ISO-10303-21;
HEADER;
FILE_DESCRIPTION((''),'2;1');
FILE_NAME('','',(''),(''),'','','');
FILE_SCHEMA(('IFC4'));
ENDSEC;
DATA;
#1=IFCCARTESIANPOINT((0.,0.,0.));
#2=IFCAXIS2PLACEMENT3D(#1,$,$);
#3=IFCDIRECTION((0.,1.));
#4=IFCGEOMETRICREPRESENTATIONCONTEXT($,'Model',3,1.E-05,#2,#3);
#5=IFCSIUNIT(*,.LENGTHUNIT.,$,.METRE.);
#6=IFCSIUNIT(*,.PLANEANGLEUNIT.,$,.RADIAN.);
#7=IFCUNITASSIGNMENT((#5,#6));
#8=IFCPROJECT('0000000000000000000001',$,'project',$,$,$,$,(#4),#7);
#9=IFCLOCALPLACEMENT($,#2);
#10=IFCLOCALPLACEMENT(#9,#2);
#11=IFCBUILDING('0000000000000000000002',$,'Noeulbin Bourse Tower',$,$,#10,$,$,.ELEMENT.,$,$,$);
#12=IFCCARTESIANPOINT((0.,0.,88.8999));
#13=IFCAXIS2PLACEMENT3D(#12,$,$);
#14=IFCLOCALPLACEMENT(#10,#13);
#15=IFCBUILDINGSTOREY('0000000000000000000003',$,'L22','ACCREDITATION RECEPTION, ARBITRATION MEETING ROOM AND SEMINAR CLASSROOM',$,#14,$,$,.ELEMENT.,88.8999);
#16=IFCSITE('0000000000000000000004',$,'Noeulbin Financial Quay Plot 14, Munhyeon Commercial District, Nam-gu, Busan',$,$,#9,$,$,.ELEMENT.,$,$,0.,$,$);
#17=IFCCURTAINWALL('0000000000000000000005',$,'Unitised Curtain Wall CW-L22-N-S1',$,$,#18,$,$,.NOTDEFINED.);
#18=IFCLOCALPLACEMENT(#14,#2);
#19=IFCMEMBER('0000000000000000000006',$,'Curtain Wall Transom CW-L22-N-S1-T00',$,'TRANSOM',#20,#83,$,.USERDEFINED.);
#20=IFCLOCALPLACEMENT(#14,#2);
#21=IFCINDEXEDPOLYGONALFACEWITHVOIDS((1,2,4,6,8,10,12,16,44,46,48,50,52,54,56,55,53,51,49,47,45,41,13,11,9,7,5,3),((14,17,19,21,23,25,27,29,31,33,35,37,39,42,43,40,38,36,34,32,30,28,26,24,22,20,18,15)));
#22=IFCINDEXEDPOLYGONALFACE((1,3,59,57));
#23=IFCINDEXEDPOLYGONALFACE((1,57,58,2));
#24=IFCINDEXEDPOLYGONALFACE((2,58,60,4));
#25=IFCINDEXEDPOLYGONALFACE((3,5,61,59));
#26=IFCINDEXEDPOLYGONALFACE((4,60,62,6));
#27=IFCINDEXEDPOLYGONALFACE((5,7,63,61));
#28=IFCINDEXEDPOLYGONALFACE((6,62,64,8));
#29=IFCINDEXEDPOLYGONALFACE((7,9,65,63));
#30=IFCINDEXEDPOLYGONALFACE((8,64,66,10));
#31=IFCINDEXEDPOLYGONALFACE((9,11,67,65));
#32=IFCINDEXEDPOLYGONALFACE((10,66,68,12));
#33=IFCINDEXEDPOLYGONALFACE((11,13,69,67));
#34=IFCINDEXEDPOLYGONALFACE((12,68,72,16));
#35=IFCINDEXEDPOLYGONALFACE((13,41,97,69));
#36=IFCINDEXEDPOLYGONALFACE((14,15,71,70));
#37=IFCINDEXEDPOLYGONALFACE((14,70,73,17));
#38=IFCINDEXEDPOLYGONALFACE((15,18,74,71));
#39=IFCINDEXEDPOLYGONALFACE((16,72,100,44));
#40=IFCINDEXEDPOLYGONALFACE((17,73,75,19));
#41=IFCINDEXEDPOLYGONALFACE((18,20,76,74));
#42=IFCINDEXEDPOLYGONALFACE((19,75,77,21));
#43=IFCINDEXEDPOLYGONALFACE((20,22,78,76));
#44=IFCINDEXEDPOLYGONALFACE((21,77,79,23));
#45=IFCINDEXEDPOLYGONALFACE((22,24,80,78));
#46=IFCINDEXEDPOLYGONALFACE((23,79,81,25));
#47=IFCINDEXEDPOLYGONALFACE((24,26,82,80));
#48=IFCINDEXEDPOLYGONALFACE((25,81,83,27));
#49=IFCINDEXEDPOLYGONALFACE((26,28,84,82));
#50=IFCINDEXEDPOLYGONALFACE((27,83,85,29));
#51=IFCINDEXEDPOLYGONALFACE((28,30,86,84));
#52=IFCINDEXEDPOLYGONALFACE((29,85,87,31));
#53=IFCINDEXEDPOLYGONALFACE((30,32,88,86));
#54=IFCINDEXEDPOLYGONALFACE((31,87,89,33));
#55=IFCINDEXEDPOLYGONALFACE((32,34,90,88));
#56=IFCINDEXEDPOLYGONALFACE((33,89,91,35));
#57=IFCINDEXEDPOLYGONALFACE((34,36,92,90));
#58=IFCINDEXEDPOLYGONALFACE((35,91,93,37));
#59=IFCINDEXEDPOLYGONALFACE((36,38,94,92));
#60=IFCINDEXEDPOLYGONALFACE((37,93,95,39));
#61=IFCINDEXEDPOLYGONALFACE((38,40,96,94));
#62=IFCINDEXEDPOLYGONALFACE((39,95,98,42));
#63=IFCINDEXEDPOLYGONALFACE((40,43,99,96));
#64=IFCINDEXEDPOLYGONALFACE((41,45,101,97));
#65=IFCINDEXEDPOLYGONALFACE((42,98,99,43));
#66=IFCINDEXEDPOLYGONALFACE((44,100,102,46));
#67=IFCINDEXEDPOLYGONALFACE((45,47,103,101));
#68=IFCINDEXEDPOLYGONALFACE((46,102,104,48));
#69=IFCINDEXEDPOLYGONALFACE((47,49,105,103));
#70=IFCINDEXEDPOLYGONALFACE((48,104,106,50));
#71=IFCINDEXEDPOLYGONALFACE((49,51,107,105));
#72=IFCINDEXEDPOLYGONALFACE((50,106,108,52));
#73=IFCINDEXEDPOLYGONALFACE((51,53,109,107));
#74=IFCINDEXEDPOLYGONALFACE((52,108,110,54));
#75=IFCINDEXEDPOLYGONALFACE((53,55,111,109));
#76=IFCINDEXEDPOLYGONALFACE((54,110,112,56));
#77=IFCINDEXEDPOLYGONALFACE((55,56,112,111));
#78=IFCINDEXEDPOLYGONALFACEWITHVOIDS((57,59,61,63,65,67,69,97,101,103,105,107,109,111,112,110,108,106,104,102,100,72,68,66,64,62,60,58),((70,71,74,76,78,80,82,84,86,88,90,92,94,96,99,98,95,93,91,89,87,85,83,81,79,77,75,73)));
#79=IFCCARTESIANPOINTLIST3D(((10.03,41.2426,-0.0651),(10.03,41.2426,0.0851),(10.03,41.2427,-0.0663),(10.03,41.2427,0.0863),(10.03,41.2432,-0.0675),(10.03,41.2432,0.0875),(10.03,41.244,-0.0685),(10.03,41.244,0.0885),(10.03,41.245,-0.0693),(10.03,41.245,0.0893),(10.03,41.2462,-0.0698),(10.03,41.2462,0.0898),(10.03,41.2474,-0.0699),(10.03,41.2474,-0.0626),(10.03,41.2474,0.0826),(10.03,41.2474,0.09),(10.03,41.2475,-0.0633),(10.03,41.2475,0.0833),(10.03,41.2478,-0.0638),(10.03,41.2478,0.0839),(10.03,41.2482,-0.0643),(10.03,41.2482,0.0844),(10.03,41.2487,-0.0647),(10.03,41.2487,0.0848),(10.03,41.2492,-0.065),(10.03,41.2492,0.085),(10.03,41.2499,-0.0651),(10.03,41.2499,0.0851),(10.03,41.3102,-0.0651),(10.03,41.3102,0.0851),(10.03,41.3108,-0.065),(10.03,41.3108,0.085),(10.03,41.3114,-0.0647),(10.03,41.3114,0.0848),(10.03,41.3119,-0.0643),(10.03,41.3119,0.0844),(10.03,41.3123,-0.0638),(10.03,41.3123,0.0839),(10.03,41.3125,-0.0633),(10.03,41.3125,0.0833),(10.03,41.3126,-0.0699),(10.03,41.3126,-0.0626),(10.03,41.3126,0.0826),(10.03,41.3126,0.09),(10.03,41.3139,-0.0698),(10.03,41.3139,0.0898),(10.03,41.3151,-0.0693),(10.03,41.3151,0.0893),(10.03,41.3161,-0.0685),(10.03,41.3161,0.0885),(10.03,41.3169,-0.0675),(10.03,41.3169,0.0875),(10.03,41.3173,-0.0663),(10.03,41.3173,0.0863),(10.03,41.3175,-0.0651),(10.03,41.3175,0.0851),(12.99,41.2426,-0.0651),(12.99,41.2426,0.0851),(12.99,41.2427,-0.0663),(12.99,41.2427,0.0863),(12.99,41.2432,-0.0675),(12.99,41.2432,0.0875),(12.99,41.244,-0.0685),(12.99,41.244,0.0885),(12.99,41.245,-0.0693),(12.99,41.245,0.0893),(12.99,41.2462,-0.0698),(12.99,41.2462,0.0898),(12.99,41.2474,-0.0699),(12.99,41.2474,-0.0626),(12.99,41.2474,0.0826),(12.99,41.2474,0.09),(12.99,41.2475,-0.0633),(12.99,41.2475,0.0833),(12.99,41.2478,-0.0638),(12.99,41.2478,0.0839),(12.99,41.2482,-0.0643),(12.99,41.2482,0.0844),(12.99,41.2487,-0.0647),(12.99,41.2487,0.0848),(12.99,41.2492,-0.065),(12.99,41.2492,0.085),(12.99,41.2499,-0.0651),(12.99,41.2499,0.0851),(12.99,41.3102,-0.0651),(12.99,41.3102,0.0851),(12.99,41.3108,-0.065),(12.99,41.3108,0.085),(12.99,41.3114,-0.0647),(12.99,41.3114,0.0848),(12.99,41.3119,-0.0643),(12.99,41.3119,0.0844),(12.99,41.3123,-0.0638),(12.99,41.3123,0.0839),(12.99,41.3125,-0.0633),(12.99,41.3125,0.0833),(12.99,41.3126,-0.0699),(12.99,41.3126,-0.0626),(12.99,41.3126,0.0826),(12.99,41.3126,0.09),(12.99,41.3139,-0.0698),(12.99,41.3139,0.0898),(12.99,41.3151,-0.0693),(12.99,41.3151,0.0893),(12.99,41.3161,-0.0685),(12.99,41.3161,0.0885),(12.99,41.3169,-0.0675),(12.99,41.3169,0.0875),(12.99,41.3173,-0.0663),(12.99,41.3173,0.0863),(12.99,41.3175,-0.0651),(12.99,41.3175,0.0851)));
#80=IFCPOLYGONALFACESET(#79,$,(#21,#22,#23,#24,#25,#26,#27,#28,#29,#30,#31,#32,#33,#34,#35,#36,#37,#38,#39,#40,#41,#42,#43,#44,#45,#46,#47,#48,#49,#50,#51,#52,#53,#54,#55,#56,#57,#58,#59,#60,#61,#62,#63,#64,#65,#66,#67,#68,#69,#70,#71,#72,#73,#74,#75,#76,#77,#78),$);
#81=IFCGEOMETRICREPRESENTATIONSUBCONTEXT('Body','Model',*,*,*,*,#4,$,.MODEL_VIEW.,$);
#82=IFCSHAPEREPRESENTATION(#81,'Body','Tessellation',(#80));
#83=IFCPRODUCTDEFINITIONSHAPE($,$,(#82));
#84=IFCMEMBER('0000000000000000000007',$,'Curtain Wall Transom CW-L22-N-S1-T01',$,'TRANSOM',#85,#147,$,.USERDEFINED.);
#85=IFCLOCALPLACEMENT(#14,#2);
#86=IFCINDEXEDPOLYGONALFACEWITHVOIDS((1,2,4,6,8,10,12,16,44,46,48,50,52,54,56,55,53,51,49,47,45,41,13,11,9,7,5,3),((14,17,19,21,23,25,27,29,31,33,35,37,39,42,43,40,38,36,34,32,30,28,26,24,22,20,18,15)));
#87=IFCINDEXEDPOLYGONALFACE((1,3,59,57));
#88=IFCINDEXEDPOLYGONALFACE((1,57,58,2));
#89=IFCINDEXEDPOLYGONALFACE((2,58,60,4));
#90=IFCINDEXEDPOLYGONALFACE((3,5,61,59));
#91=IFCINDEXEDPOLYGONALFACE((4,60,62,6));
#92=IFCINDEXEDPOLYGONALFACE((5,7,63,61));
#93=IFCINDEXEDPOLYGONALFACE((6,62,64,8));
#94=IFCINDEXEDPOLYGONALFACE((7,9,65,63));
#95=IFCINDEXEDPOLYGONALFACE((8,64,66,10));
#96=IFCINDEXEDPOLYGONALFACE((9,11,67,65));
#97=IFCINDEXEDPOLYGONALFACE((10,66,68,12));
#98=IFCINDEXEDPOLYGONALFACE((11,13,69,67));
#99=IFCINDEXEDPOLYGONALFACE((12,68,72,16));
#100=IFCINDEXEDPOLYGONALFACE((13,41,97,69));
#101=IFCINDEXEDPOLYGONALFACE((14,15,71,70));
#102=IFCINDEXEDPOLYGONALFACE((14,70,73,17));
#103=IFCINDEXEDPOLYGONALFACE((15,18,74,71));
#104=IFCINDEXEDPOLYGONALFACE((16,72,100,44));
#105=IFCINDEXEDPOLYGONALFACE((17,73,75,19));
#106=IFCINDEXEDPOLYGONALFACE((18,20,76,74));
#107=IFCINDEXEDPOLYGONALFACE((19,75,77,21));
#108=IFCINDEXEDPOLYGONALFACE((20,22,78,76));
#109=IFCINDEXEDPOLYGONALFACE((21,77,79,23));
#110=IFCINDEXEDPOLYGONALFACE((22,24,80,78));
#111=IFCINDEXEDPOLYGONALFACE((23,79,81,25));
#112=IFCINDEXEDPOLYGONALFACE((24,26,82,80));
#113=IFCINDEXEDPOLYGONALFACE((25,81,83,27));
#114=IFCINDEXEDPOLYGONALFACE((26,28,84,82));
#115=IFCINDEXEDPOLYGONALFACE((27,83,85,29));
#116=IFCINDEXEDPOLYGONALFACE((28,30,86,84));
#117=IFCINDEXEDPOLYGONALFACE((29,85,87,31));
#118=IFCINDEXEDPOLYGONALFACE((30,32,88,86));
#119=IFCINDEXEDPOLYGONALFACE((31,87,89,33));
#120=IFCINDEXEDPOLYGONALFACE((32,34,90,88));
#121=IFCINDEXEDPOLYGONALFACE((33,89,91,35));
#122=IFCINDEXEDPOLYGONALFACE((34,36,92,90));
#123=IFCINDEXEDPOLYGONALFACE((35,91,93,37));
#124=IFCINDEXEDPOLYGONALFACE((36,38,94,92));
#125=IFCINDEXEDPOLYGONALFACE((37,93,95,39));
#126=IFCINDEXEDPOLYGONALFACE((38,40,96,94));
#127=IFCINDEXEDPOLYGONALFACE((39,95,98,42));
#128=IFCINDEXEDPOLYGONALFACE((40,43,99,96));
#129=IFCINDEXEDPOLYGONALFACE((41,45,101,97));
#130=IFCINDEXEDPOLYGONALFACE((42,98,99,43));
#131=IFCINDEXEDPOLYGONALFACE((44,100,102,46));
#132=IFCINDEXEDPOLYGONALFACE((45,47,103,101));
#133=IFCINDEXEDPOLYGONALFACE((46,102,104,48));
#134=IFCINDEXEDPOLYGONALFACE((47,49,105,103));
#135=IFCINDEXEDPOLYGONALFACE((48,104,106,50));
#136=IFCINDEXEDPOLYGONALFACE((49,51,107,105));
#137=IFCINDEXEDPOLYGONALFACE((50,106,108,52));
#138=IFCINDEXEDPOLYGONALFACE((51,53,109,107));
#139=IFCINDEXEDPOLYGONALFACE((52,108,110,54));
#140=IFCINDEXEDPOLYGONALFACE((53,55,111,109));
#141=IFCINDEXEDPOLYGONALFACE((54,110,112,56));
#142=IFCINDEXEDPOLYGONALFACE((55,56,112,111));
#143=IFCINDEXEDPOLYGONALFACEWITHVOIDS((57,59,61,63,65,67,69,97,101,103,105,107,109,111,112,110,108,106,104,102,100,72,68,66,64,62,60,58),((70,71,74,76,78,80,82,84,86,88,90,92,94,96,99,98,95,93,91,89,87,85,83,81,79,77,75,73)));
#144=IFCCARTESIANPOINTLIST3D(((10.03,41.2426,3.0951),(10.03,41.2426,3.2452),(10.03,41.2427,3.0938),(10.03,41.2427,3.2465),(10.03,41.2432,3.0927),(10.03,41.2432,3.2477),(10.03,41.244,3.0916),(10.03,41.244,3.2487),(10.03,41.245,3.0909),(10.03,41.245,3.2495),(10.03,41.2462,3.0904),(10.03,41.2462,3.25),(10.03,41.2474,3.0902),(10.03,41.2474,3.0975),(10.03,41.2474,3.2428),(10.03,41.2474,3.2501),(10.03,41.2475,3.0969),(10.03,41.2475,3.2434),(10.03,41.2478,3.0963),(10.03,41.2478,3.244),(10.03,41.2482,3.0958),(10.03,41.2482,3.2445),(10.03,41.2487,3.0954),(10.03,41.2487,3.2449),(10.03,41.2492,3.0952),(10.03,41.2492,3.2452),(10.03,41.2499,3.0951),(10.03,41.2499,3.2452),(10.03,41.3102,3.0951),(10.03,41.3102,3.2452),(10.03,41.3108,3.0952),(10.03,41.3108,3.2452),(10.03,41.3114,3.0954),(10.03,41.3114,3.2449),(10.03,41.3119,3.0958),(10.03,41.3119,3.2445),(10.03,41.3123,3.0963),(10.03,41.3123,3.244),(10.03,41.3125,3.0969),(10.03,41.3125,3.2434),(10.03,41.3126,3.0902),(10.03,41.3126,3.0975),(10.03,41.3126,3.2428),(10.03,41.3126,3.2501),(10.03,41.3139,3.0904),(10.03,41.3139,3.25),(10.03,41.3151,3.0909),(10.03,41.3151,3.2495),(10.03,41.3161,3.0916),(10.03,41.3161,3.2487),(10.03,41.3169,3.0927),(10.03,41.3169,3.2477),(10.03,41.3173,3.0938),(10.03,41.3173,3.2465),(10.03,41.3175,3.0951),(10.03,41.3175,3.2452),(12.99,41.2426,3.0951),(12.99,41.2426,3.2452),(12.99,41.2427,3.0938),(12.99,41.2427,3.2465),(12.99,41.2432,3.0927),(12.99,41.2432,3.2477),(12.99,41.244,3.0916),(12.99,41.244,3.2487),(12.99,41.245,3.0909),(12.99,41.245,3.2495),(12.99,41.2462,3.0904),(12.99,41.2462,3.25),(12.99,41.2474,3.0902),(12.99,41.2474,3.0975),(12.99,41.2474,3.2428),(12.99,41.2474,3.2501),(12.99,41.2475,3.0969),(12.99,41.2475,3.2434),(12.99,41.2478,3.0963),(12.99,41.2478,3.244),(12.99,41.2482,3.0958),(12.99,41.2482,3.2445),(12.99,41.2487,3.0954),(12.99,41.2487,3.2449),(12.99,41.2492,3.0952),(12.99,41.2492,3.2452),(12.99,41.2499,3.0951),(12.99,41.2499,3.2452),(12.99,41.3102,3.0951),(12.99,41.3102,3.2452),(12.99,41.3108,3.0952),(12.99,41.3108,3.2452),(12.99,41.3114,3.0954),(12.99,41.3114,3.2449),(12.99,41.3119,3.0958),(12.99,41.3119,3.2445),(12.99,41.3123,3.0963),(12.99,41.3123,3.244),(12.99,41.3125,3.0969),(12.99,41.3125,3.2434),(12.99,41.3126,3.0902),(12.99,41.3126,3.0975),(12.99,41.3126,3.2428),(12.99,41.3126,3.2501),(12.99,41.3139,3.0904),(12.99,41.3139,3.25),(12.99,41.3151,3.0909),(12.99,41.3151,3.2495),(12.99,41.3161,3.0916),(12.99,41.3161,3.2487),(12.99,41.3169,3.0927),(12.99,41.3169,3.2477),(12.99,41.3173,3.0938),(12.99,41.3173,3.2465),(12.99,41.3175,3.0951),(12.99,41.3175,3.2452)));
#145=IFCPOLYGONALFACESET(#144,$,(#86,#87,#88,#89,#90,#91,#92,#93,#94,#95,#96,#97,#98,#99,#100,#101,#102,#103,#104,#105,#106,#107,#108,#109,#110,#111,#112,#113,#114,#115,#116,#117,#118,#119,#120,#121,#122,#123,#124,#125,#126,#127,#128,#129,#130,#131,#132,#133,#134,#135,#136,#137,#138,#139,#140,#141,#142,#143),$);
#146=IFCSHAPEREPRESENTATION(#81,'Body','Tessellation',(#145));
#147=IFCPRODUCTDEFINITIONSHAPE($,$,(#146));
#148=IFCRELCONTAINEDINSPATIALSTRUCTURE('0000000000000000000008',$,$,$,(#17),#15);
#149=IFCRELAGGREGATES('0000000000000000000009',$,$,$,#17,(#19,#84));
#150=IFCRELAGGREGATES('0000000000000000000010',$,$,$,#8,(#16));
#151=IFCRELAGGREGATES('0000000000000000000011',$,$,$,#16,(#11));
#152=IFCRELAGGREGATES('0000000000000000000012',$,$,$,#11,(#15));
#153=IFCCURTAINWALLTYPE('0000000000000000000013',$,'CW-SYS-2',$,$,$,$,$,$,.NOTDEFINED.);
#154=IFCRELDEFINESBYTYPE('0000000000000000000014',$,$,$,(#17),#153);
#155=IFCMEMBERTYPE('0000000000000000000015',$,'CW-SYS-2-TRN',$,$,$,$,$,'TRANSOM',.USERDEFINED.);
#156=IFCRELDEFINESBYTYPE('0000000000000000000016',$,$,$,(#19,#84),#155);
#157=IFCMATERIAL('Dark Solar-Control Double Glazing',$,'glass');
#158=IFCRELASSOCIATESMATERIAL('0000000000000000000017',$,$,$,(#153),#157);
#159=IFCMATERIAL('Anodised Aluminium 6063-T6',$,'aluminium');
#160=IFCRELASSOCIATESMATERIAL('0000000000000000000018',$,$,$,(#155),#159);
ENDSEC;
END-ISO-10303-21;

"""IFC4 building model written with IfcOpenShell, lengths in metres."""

from ifc_helpers import new_model, si_unit, direction, frame, origin, origin_2d, place, context, subcontext, project, spatial, hollow_rectangle, extrude, material, material_profile, profile_set, type_object, element, aggregate, save


model = new_model("IFC4")

# Units and contexts
model_context = context("Model", 3, precision=1e-05, world=origin(), true_north=direction((0.0, 1.0)))
body_context = subcontext(model_context, "Body", "Model", "MODEL_VIEW")
ifc_project = project(units=[si_unit("LENGTHUNIT", "METRE"), si_unit("PLANEANGLEUNIT", "RADIAN")], contexts=[model_context])

# Site, building, storey
site_placement = place(None, origin())
site = spatial("IfcSite", under=ifc_project, at=site_placement, Name="Noeulbin Financial Quay Plot 14, Munhyeon Commercial District, Nam-gu, Busan", CompositionType="ELEMENT", RefElevation=0.0)
building_placement = place(site_placement, origin())
building = spatial("IfcBuilding", under=site, at=building_placement, Name="Noeulbin Bourse Tower", CompositionType="ELEMENT")
storey_placement = place(building_placement, frame((0.0, 0.0, 88.8999)))
storey = spatial("IfcBuildingStorey", under=building, at=storey_placement, Name="L22", Description="ACCREDITATION RECEPTION, ARBITRATION MEETING ROOM AND SEMINAR CLASSROOM", CompositionType="ELEMENT", Elevation=88.8999)

# Curtain wall
ifc_material_1 = material(Name="Dark Solar-Control Double Glazing", Category="glass")
curtain_wall_type = type_object("IfcCurtainWallType", Name="CW-SYS-2", PredefinedType="NOTDEFINED", material=ifc_material_1)
curtain_wall_1_placement = place(storey_placement, origin())
curtain_wall_1 = element("IfcCurtainWall", 1, at=curtain_wall_1_placement, inside=storey, type_object=curtain_wall_type, Name="Unitised Curtain Wall CW-L22-N-S1", PredefinedType="NOTDEFINED")
ifc_material_2 = material(Name="Anodised Aluminium 6063-T6", Category="aluminium")

# Members
ifc_material_profile_1 = material_profile(ifc_material_2, hollow_rectangle(XDim=0.075, YDim=0.1599, WallThickness=0.0049, InnerFilletRadius=0.0024, OuterFilletRadius=0.0049, at=origin_2d()), Name="ALU-TRAN-75x160x5", Category="LoadBearing")
ifc_profile_set_1 = profile_set([ifc_material_profile_1], Name="Anodised Aluminium 6063-T6")
member_type_1 = type_object("IfcMemberType", Name="CW-SYS-2-TRN", ElementType="TRANSOM", PredefinedType="USERDEFINED", material=ifc_profile_set_1)
member_1_placement = place(storey_placement, frame((10.03, 41.28, 0.01), z_axis=(1.0, 0.0, 0.0), x_axis=(0.0, 1.0, 0.0)))
member_1 = element("IfcMember", 2, at=member_1_placement, type_object=member_type_1, Name="Curtain Wall Transom CW-L22-N-S1-T00", ObjectType="TRANSOM", PredefinedType="USERDEFINED", context=body_context, shape_type="SweptSolid", body=[
    extrude(hollow_rectangle(XDim=0.075, YDim=0.1599, WallThickness=0.0049, InnerFilletRadius=0.0024, OuterFilletRadius=0.0049, at=origin_2d()), origin(), (0.0, 0.0, 1.0), 2.96),
])
member_2_placement = place(storey_placement, frame((10.03, 41.28, 3.1702), z_axis=(1.0, 0.0, 0.0), x_axis=(0.0, 1.0, 0.0)))
member_2 = element("IfcMember", 3, at=member_2_placement, type_object=member_type_1, Name="Curtain Wall Transom CW-L22-N-S1-T01", ObjectType="TRANSOM", PredefinedType="USERDEFINED", context=body_context, shape_type="SweptSolid", body=[
    extrude(hollow_rectangle(XDim=0.075, YDim=0.1599, WallThickness=0.0049, InnerFilletRadius=0.0024, OuterFilletRadius=0.0049, at=origin_2d()), origin(), (0.0, 0.0, 1.0), 2.96),
])

aggregate(curtain_wall_1, [member_1, member_2])

save(model, "model.ifc")
